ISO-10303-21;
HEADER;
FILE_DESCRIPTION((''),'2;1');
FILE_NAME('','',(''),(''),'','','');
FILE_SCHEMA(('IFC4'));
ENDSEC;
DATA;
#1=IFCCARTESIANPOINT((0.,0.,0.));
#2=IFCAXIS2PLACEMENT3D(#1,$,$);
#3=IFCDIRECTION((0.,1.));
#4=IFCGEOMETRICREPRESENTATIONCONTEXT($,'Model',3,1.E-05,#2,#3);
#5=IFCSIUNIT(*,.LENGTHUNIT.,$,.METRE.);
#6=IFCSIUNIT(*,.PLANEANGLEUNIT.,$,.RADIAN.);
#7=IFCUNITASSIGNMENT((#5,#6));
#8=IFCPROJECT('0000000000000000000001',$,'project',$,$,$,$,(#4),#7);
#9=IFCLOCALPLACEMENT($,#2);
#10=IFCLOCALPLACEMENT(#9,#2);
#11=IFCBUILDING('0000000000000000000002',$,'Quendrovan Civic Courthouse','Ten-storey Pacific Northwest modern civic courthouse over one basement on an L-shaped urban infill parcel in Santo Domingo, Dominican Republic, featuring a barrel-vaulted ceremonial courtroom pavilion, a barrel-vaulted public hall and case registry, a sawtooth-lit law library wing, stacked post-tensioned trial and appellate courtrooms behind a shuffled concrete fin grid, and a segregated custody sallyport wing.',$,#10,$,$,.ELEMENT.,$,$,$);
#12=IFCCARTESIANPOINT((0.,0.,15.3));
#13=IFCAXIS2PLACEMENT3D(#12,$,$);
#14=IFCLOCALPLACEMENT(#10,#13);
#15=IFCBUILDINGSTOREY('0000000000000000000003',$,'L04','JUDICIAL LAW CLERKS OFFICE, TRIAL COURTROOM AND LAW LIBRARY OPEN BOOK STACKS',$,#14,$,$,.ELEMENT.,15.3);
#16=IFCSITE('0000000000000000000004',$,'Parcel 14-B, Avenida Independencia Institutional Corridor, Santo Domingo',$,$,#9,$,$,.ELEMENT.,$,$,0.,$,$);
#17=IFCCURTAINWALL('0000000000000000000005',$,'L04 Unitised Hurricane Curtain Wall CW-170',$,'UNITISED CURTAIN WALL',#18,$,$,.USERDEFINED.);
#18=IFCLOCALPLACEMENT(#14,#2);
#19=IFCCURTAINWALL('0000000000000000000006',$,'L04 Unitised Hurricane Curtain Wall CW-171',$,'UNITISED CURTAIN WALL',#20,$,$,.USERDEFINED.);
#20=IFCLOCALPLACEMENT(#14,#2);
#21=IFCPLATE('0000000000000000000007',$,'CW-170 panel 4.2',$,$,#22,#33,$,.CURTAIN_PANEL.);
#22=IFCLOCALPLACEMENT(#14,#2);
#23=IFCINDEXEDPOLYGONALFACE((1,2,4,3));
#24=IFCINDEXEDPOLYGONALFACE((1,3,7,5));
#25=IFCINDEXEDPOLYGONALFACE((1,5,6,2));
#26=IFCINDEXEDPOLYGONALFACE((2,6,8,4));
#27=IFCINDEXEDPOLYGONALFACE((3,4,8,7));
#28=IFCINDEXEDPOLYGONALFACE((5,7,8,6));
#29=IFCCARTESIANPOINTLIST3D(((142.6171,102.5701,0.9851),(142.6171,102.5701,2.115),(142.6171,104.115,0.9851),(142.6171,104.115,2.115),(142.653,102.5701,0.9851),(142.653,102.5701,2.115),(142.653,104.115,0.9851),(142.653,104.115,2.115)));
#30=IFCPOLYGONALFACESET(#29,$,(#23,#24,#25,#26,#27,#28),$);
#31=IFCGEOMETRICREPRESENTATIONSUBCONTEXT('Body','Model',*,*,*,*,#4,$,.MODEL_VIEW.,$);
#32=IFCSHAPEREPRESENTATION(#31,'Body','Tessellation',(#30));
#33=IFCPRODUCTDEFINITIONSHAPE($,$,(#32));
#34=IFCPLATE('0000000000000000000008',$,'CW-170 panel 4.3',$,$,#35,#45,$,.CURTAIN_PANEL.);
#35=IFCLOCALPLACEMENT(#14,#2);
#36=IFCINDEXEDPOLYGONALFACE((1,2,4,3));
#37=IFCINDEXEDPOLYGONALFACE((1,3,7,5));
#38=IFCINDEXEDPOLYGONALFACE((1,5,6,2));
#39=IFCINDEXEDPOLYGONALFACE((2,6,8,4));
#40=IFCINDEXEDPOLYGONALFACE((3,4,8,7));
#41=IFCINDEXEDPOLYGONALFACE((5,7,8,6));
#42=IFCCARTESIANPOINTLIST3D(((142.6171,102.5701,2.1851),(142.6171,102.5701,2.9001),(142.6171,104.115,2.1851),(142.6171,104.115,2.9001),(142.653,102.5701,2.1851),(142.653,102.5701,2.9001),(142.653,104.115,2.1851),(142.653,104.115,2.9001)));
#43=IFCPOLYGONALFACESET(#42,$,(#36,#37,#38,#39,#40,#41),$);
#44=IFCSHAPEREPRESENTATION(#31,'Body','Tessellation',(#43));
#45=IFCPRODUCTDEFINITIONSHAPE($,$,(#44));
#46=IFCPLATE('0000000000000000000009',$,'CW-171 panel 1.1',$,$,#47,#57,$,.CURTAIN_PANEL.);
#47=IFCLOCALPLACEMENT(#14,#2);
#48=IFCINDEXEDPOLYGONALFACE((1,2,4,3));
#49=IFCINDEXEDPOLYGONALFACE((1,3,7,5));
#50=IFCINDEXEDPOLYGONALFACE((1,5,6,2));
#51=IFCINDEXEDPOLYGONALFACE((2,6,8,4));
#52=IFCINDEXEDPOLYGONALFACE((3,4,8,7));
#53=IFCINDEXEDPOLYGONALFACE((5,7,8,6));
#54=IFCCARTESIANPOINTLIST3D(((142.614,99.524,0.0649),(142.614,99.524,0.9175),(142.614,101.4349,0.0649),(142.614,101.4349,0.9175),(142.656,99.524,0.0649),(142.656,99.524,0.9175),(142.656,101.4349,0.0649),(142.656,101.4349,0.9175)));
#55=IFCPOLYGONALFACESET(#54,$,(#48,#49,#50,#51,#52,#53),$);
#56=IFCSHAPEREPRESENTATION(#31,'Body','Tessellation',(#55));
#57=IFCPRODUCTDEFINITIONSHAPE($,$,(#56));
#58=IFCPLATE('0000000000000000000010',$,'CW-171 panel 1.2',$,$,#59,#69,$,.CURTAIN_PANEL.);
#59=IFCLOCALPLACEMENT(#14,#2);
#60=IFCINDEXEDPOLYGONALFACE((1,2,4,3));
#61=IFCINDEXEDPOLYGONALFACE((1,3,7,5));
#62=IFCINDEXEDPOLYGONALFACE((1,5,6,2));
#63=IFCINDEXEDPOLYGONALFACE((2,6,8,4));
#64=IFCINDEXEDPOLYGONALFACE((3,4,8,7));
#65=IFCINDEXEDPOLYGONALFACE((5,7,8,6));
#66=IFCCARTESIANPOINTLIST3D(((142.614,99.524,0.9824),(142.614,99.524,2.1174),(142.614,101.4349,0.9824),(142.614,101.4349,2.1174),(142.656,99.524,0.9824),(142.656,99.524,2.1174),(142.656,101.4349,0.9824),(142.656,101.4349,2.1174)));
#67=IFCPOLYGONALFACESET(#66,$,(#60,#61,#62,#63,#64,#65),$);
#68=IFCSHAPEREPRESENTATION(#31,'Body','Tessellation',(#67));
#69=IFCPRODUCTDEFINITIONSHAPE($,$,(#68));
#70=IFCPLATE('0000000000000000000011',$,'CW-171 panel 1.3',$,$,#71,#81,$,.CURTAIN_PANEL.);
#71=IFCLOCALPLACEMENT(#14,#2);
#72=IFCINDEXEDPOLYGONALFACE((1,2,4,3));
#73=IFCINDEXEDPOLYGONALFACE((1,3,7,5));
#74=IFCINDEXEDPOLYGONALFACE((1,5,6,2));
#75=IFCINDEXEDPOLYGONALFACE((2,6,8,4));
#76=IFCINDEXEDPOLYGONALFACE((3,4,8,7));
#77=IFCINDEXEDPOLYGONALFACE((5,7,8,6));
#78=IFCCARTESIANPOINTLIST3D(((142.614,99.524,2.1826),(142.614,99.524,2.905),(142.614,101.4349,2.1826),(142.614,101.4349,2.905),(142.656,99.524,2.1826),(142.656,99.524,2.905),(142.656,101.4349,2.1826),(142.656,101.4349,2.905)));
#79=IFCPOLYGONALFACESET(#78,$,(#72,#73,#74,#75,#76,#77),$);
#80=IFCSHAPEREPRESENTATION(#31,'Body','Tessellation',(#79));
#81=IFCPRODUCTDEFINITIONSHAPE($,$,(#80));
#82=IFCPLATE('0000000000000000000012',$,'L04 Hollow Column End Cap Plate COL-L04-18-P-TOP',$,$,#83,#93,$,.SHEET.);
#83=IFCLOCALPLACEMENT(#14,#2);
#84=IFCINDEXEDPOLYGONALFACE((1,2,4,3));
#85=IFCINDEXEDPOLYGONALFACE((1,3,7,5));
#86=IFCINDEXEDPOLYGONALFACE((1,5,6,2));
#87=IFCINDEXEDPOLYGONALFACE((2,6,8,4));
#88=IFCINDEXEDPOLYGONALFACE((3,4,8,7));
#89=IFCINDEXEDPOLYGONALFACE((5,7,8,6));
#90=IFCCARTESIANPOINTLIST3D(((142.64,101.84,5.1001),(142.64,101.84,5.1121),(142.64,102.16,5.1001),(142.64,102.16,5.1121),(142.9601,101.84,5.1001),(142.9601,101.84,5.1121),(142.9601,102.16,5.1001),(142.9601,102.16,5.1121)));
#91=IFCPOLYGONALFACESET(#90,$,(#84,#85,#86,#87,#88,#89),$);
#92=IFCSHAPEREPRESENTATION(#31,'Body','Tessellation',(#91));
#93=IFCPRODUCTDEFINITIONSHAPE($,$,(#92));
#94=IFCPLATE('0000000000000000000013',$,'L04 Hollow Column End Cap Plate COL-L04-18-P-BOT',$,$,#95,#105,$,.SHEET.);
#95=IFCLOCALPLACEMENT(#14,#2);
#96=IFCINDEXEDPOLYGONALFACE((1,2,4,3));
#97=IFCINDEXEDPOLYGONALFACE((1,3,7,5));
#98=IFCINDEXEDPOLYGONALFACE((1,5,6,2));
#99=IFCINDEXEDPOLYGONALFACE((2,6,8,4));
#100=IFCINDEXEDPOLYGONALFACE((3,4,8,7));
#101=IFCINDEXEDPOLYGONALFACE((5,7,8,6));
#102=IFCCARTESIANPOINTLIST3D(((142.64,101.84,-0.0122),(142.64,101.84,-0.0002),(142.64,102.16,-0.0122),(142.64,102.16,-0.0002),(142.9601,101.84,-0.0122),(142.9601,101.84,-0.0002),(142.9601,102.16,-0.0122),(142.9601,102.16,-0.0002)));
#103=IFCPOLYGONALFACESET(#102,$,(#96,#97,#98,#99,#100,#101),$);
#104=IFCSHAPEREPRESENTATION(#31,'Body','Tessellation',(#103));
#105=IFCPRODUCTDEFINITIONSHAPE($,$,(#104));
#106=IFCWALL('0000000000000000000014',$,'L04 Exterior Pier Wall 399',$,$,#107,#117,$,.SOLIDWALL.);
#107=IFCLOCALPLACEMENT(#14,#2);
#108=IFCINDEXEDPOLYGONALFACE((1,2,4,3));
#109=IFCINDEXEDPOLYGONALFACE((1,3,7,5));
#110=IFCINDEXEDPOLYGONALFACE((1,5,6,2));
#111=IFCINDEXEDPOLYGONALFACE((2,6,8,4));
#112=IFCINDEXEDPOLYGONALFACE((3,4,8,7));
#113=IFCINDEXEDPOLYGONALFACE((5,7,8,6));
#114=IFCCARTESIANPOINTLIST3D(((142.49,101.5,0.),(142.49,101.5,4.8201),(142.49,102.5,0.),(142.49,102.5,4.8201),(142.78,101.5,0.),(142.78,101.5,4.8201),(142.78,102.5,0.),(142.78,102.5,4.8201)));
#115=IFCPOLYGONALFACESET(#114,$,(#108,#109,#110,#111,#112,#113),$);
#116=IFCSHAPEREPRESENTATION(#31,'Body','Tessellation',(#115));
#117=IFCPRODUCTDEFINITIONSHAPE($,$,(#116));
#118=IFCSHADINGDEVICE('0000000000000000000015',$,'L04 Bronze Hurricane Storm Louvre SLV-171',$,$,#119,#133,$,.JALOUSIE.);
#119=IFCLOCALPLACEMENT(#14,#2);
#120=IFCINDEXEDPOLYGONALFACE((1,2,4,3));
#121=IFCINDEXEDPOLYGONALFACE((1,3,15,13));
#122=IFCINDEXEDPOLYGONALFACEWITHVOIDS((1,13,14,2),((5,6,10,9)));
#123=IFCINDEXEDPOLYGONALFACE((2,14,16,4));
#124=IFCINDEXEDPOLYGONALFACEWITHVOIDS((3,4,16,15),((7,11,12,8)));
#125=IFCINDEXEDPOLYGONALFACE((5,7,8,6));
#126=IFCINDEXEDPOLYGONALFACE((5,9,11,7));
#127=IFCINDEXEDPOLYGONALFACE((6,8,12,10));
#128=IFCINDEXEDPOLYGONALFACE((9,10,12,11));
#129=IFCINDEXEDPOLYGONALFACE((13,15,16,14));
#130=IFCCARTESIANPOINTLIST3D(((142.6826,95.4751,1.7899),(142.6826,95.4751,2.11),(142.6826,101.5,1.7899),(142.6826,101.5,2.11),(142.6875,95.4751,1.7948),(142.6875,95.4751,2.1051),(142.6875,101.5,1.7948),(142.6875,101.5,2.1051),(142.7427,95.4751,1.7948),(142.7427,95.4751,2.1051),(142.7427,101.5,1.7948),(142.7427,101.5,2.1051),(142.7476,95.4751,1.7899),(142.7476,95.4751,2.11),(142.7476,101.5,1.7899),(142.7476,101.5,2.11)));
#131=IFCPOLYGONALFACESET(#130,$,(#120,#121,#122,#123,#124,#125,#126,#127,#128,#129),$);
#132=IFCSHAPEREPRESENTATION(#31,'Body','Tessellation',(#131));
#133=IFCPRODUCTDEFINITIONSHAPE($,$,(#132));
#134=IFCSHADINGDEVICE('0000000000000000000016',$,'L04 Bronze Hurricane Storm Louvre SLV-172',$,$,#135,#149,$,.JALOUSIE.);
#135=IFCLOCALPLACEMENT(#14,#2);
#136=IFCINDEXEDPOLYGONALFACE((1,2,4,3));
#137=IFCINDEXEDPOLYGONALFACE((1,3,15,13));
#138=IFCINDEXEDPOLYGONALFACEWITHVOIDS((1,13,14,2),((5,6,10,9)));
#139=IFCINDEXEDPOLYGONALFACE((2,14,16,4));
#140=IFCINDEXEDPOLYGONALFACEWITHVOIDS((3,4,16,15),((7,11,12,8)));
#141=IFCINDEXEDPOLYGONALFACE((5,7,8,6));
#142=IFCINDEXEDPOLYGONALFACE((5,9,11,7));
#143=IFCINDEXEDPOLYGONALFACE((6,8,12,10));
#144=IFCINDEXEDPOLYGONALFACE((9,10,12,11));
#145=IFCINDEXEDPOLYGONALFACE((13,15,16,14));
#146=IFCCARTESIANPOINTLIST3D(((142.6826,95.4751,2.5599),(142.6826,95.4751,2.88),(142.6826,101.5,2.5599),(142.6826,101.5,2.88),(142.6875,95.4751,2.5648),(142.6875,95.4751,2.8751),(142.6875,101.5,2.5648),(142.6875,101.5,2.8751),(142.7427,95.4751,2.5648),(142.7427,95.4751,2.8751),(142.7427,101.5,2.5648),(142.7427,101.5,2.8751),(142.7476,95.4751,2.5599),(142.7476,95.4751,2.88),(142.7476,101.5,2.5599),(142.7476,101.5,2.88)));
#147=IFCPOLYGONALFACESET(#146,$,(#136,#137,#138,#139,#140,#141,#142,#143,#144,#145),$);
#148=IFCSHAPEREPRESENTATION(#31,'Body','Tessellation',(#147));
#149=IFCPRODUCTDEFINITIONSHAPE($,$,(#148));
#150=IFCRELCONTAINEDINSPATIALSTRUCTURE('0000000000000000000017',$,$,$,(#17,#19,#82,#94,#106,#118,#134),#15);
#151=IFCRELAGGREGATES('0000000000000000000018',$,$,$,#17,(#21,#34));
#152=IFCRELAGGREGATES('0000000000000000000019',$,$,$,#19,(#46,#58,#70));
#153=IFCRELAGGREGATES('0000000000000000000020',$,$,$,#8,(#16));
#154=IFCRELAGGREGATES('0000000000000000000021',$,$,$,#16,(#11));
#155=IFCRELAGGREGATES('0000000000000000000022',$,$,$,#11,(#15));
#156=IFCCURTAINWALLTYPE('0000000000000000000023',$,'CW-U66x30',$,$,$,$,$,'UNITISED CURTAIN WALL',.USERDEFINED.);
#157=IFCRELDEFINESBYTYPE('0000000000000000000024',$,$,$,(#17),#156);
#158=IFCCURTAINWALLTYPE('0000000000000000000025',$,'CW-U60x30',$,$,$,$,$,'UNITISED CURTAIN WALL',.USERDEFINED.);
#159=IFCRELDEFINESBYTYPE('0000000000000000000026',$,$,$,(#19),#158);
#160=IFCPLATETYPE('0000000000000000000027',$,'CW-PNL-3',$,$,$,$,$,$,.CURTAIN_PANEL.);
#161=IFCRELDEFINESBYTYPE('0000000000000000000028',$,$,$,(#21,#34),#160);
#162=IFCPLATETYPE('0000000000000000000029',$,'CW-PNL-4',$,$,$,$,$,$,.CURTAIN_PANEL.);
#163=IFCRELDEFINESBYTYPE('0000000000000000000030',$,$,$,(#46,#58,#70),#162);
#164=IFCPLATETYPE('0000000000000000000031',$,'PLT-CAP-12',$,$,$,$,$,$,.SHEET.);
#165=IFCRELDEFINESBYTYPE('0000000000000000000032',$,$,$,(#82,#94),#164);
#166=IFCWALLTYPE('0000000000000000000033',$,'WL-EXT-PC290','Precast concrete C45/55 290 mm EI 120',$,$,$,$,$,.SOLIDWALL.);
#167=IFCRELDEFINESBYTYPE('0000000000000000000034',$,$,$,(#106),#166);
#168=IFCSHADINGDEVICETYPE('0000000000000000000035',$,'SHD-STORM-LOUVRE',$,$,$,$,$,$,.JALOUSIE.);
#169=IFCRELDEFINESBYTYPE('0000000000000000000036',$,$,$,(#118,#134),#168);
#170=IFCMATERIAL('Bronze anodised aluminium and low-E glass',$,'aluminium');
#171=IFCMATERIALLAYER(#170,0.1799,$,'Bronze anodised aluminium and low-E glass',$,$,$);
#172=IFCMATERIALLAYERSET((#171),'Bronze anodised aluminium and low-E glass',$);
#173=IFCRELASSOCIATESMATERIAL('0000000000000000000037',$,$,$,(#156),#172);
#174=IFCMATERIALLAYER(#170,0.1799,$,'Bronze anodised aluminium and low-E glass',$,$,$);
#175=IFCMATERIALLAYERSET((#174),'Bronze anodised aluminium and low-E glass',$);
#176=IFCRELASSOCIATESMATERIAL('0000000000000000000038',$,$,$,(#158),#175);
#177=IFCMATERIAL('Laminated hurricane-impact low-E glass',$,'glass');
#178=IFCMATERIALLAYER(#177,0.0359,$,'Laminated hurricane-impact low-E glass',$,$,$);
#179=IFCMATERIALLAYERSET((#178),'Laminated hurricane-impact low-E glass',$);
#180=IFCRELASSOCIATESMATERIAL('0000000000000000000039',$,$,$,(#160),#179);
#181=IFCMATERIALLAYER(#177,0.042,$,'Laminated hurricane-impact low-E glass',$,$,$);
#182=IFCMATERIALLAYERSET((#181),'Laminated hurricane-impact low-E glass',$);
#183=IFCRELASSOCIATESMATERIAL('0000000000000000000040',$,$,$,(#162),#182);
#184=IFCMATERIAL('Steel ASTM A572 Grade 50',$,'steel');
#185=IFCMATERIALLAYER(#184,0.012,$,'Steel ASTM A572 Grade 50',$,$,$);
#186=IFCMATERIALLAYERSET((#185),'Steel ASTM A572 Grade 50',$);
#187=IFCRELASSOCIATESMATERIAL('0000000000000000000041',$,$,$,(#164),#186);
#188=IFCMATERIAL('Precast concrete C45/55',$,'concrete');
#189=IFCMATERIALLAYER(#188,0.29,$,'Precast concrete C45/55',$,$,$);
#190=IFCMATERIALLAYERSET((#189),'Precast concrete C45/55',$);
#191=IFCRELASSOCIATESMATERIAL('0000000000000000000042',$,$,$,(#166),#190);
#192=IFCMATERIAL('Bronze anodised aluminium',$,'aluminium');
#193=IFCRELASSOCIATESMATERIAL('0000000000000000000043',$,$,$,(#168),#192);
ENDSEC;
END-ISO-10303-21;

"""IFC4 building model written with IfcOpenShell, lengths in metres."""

from ifc_helpers import new_model, si_unit, direction, frame, frame_2d, origin, origin_2d, place, context, subcontext, project, spatial, rectangle, hollow_rectangle, extrude, material, layer, layer_set, material_profile, profile_set, type_object, element, aggregate, save


model = new_model("IFC4")

# Units and contexts
model_context = context("Model", 3, precision=1e-05, world=origin(), true_north=direction((0.0, 1.0)))
body_context = subcontext(model_context, "Body", "Model", "MODEL_VIEW")
ifc_project = project(units=[si_unit("LENGTHUNIT", "METRE"), si_unit("PLANEANGLEUNIT", "RADIAN")], contexts=[model_context])

# Site, building, storey
site_placement = place(None, origin())
site = spatial("IfcSite", under=ifc_project, at=site_placement, Name="Parcel 14-B, Avenida Independencia Institutional Corridor, Santo Domingo", CompositionType="ELEMENT", RefElevation=0.0)
building_placement = place(site_placement, origin())
building = spatial("IfcBuilding", under=site, at=building_placement, Name="Quendrovan Civic Courthouse", Description="Ten-storey Pacific Northwest modern civic courthouse over one basement on an L-shaped urban infill parcel in Santo Domingo, Dominican Republic, featuring a barrel-vaulted ceremonial courtroom pavilion, a barrel-vaulted public hall and case registry, a sawtooth-lit law library wing, stacked post-tensioned trial and appellate courtrooms behind a shuffled concrete fin grid, and a segregated custody sallyport wing.", CompositionType="ELEMENT")
storey_placement = place(building_placement, frame((0.0, 0.0, 15.3)))
storey = spatial("IfcBuildingStorey", under=building, at=storey_placement, Name="L04", Description="JUDICIAL LAW CLERKS OFFICE, TRIAL COURTROOM AND LAW LIBRARY OPEN BOOK STACKS", CompositionType="ELEMENT", Elevation=15.3)

# Curtain walls
ifc_material_1 = material(Name="Bronze anodised aluminium and low-E glass", Category="aluminium")
ifc_layer_1 = layer(ifc_material_1, 0.1799, Name="Bronze anodised aluminium and low-E glass")
ifc_layer_set_1 = layer_set([ifc_layer_1], Name="Bronze anodised aluminium and low-E glass")
curtain_wall_type_1 = type_object("IfcCurtainWallType", Name="CW-U66x30", ElementType="UNITISED CURTAIN WALL", PredefinedType="USERDEFINED", material=ifc_layer_set_1)
curtain_wall_1_placement = place(storey_placement, origin())
curtain_wall_1 = element("IfcCurtainWall", 1, at=curtain_wall_1_placement, inside=storey, type_object=curtain_wall_type_1, Name="L04 Unitised Hurricane Curtain Wall CW-170", ObjectType="UNITISED CURTAIN WALL", PredefinedType="USERDEFINED")
ifc_material_2 = material(Name="Bronze anodised aluminium", Category="aluminium")
ifc_layer_2 = layer(ifc_material_1, 0.1799, Name="Bronze anodised aluminium and low-E glass")
ifc_layer_set_2 = layer_set([ifc_layer_2], Name="Bronze anodised aluminium and low-E glass")
curtain_wall_type_2 = type_object("IfcCurtainWallType", Name="CW-U60x30", ElementType="UNITISED CURTAIN WALL", PredefinedType="USERDEFINED", material=ifc_layer_set_2)
curtain_wall_2_placement = place(storey_placement, origin())
curtain_wall_2 = element("IfcCurtainWall", 2, at=curtain_wall_2_placement, inside=storey, type_object=curtain_wall_type_2, Name="L04 Unitised Hurricane Curtain Wall CW-171", ObjectType="UNITISED CURTAIN WALL", PredefinedType="USERDEFINED")

# Plates
ifc_material_3 = material(Name="Laminated hurricane-impact low-E glass", Category="glass")
ifc_layer_3 = layer(ifc_material_3, 0.0359, Name="Laminated hurricane-impact low-E glass")
ifc_layer_set_3 = layer_set([ifc_layer_3], Name="Laminated hurricane-impact low-E glass")
plate_type_1 = type_object("IfcPlateType", Name="CW-PNL-3", PredefinedType="CURTAIN_PANEL", material=ifc_layer_set_3)
plate_1_placement = place(storey_placement, frame((142.635, 103.3425, 0.9851), z_axis=(0.0, 0.0, 1.0), x_axis=(0.0, -1.0, 0.0)))
plate_1 = element("IfcPlate", 3, at=plate_1_placement, type_object=plate_type_1, Name="CW-170 panel 4.2", PredefinedType="CURTAIN_PANEL", context=body_context, shape_type="SweptSolid", body=[
    extrude(rectangle(XDim=1.5449, YDim=0.0359, at=origin_2d()), origin(), (0.0, 0.0, 1.0), 1.1299),
])
plate_2_placement = place(storey_placement, frame((142.635, 103.3425, 2.1851), z_axis=(0.0, 0.0, 1.0), x_axis=(0.0, -1.0, 0.0)))
plate_2 = element("IfcPlate", 4, at=plate_2_placement, type_object=plate_type_1, Name="CW-170 panel 4.3", PredefinedType="CURTAIN_PANEL", context=body_context, shape_type="SweptSolid", body=[
    extrude(rectangle(XDim=1.5449, YDim=0.0359, at=origin_2d()), origin(), (0.0, 0.0, 1.0), 0.7151),
])
aggregate(curtain_wall_1, [plate_1, plate_2])
ifc_layer_4 = layer(ifc_material_3, 0.042, Name="Laminated hurricane-impact low-E glass")
ifc_layer_set_4 = layer_set([ifc_layer_4], Name="Laminated hurricane-impact low-E glass")
plate_type_2 = type_object("IfcPlateType", Name="CW-PNL-4", PredefinedType="CURTAIN_PANEL", material=ifc_layer_set_4)
plate_3_placement = place(storey_placement, frame((142.635, 100.4795, 0.0649), z_axis=(0.0, 0.0, 1.0), x_axis=(0.0, -1.0, 0.0)))
plate_3 = element("IfcPlate", 5, at=plate_3_placement, type_object=plate_type_2, Name="CW-171 panel 1.1", PredefinedType="CURTAIN_PANEL", context=body_context, shape_type="SweptSolid", body=[
    extrude(rectangle(XDim=1.9109, YDim=0.042, at=origin_2d()), origin(), (0.0, 0.0, 1.0), 0.8525),
])
plate_4_placement = place(storey_placement, frame((142.635, 100.4795, 0.9824), z_axis=(0.0, 0.0, 1.0), x_axis=(0.0, -1.0, 0.0)))
plate_4 = element("IfcPlate", 6, at=plate_4_placement, type_object=plate_type_2, Name="CW-171 panel 1.2", PredefinedType="CURTAIN_PANEL", context=body_context, shape_type="SweptSolid", body=[
    extrude(rectangle(XDim=1.9109, YDim=0.042, at=origin_2d()), origin(), (0.0, 0.0, 1.0), 1.135),
])
plate_5_placement = place(storey_placement, frame((142.635, 100.4795, 2.1826), z_axis=(0.0, 0.0, 1.0), x_axis=(0.0, -1.0, 0.0)))
plate_5 = element("IfcPlate", 7, at=plate_5_placement, type_object=plate_type_2, Name="CW-171 panel 1.3", PredefinedType="CURTAIN_PANEL", context=body_context, shape_type="SweptSolid", body=[
    extrude(rectangle(XDim=1.9109, YDim=0.042, at=origin_2d()), origin(), (0.0, 0.0, 1.0), 0.7224),
])
aggregate(curtain_wall_2, [plate_3, plate_4, plate_5])

# Plates
ifc_material_4 = material(Name="Steel ASTM A572 Grade 50", Category="steel")
ifc_layer_5 = layer(ifc_material_4, 0.012, Name="Steel ASTM A572 Grade 50")
ifc_layer_set_5 = layer_set([ifc_layer_5], Name="Steel ASTM A572 Grade 50")
plate_type_3 = type_object("IfcPlateType", Name="PLT-CAP-12", PredefinedType="SHEET", material=ifc_layer_set_5)
for number, where, z_axis, x_axis, name in (
    (8, (142.8, 102.0, 5.1001), (0.0, 0.0, 1.0), (1.0, 0.0, 0.0), "L04 Hollow Column End Cap Plate COL-L04-18-P-TOP"),
    (9, (142.8, 102.0, -0.0122), (0.0, 0.0, 1.0), (1.0, 0.0, 0.0), "L04 Hollow Column End Cap Plate COL-L04-18-P-BOT"),
):
    element("IfcPlate", number, at=place(storey_placement, frame(where, z_axis=z_axis, x_axis=x_axis)), inside=storey, type_object=plate_type_3, Name=name, PredefinedType="SHEET", context=body_context, shape_type="SweptSolid", body=[
        extrude(rectangle(XDim=0.3201, YDim=0.3201, at=origin_2d()), origin(), (0.0, 0.0, 1.0), 0.012),
    ])

# Wall
ifc_material_5 = material(Name="Precast concrete C45/55", Category="concrete")
ifc_layer_6 = layer(ifc_material_5, 0.29, Name="Precast concrete C45/55")
ifc_layer_set_6 = layer_set([ifc_layer_6], Name="Precast concrete C45/55")
wall_type = type_object("IfcWallType", Name="WL-EXT-PC290", Description="Precast concrete C45/55 290 mm EI 120", PredefinedType="SOLIDWALL", material=ifc_layer_set_6)
wall_placement = place(storey_placement, frame((142.635, 102.5, 0.0), z_axis=(0.0, 0.0, 1.0), x_axis=(0.0, -1.0, 0.0)))
element("IfcWall", 10, at=wall_placement, inside=storey, type_object=wall_type, Name="L04 Exterior Pier Wall 399", PredefinedType="SOLIDWALL", context=body_context, shape_type="SweptSolid", body=[
    extrude(rectangle(XDim=1.0, YDim=0.29, at=frame_2d((0.5, 0.0))), origin(), (0.0, 0.0, 1.0), 4.8201),
])

# Shading devices
ifc_material_profile_1 = material_profile(ifc_material_2, hollow_rectangle(XDim=0.0649, YDim=0.3201, WallThickness=0.0049, at=origin_2d()), Name="AL-LOUVRE-65x320")
ifc_profile_set_1 = profile_set([ifc_material_profile_1], Name="Bronze anodised aluminium")
shading_device_type = type_object("IfcShadingDeviceType", Name="SHD-STORM-LOUVRE", PredefinedType="JALOUSIE", material=ifc_profile_set_1)
for number, where, z_axis, x_axis, name in (
    (11, (142.7151, 101.5, 1.95), (0.0, -1.0, 0.0), (1.0, 0.0, 0.0), "L04 Bronze Hurricane Storm Louvre SLV-171"),
    (12, (142.7151, 101.5, 2.72), (0.0, -1.0, 0.0), (1.0, 0.0, 0.0), "L04 Bronze Hurricane Storm Louvre SLV-172"),
):
    element("IfcShadingDevice", number, at=place(storey_placement, frame(where, z_axis=z_axis, x_axis=x_axis)), inside=storey, type_object=shading_device_type, Name=name, PredefinedType="JALOUSIE", context=body_context, shape_type="SweptSolid", body=[
        extrude(hollow_rectangle(XDim=0.0649, YDim=0.3201, WallThickness=0.0049, at=origin_2d()), origin(), (0.0, 0.0, 1.0), 6.0249),
    ])

save(model, "model.ifc")
